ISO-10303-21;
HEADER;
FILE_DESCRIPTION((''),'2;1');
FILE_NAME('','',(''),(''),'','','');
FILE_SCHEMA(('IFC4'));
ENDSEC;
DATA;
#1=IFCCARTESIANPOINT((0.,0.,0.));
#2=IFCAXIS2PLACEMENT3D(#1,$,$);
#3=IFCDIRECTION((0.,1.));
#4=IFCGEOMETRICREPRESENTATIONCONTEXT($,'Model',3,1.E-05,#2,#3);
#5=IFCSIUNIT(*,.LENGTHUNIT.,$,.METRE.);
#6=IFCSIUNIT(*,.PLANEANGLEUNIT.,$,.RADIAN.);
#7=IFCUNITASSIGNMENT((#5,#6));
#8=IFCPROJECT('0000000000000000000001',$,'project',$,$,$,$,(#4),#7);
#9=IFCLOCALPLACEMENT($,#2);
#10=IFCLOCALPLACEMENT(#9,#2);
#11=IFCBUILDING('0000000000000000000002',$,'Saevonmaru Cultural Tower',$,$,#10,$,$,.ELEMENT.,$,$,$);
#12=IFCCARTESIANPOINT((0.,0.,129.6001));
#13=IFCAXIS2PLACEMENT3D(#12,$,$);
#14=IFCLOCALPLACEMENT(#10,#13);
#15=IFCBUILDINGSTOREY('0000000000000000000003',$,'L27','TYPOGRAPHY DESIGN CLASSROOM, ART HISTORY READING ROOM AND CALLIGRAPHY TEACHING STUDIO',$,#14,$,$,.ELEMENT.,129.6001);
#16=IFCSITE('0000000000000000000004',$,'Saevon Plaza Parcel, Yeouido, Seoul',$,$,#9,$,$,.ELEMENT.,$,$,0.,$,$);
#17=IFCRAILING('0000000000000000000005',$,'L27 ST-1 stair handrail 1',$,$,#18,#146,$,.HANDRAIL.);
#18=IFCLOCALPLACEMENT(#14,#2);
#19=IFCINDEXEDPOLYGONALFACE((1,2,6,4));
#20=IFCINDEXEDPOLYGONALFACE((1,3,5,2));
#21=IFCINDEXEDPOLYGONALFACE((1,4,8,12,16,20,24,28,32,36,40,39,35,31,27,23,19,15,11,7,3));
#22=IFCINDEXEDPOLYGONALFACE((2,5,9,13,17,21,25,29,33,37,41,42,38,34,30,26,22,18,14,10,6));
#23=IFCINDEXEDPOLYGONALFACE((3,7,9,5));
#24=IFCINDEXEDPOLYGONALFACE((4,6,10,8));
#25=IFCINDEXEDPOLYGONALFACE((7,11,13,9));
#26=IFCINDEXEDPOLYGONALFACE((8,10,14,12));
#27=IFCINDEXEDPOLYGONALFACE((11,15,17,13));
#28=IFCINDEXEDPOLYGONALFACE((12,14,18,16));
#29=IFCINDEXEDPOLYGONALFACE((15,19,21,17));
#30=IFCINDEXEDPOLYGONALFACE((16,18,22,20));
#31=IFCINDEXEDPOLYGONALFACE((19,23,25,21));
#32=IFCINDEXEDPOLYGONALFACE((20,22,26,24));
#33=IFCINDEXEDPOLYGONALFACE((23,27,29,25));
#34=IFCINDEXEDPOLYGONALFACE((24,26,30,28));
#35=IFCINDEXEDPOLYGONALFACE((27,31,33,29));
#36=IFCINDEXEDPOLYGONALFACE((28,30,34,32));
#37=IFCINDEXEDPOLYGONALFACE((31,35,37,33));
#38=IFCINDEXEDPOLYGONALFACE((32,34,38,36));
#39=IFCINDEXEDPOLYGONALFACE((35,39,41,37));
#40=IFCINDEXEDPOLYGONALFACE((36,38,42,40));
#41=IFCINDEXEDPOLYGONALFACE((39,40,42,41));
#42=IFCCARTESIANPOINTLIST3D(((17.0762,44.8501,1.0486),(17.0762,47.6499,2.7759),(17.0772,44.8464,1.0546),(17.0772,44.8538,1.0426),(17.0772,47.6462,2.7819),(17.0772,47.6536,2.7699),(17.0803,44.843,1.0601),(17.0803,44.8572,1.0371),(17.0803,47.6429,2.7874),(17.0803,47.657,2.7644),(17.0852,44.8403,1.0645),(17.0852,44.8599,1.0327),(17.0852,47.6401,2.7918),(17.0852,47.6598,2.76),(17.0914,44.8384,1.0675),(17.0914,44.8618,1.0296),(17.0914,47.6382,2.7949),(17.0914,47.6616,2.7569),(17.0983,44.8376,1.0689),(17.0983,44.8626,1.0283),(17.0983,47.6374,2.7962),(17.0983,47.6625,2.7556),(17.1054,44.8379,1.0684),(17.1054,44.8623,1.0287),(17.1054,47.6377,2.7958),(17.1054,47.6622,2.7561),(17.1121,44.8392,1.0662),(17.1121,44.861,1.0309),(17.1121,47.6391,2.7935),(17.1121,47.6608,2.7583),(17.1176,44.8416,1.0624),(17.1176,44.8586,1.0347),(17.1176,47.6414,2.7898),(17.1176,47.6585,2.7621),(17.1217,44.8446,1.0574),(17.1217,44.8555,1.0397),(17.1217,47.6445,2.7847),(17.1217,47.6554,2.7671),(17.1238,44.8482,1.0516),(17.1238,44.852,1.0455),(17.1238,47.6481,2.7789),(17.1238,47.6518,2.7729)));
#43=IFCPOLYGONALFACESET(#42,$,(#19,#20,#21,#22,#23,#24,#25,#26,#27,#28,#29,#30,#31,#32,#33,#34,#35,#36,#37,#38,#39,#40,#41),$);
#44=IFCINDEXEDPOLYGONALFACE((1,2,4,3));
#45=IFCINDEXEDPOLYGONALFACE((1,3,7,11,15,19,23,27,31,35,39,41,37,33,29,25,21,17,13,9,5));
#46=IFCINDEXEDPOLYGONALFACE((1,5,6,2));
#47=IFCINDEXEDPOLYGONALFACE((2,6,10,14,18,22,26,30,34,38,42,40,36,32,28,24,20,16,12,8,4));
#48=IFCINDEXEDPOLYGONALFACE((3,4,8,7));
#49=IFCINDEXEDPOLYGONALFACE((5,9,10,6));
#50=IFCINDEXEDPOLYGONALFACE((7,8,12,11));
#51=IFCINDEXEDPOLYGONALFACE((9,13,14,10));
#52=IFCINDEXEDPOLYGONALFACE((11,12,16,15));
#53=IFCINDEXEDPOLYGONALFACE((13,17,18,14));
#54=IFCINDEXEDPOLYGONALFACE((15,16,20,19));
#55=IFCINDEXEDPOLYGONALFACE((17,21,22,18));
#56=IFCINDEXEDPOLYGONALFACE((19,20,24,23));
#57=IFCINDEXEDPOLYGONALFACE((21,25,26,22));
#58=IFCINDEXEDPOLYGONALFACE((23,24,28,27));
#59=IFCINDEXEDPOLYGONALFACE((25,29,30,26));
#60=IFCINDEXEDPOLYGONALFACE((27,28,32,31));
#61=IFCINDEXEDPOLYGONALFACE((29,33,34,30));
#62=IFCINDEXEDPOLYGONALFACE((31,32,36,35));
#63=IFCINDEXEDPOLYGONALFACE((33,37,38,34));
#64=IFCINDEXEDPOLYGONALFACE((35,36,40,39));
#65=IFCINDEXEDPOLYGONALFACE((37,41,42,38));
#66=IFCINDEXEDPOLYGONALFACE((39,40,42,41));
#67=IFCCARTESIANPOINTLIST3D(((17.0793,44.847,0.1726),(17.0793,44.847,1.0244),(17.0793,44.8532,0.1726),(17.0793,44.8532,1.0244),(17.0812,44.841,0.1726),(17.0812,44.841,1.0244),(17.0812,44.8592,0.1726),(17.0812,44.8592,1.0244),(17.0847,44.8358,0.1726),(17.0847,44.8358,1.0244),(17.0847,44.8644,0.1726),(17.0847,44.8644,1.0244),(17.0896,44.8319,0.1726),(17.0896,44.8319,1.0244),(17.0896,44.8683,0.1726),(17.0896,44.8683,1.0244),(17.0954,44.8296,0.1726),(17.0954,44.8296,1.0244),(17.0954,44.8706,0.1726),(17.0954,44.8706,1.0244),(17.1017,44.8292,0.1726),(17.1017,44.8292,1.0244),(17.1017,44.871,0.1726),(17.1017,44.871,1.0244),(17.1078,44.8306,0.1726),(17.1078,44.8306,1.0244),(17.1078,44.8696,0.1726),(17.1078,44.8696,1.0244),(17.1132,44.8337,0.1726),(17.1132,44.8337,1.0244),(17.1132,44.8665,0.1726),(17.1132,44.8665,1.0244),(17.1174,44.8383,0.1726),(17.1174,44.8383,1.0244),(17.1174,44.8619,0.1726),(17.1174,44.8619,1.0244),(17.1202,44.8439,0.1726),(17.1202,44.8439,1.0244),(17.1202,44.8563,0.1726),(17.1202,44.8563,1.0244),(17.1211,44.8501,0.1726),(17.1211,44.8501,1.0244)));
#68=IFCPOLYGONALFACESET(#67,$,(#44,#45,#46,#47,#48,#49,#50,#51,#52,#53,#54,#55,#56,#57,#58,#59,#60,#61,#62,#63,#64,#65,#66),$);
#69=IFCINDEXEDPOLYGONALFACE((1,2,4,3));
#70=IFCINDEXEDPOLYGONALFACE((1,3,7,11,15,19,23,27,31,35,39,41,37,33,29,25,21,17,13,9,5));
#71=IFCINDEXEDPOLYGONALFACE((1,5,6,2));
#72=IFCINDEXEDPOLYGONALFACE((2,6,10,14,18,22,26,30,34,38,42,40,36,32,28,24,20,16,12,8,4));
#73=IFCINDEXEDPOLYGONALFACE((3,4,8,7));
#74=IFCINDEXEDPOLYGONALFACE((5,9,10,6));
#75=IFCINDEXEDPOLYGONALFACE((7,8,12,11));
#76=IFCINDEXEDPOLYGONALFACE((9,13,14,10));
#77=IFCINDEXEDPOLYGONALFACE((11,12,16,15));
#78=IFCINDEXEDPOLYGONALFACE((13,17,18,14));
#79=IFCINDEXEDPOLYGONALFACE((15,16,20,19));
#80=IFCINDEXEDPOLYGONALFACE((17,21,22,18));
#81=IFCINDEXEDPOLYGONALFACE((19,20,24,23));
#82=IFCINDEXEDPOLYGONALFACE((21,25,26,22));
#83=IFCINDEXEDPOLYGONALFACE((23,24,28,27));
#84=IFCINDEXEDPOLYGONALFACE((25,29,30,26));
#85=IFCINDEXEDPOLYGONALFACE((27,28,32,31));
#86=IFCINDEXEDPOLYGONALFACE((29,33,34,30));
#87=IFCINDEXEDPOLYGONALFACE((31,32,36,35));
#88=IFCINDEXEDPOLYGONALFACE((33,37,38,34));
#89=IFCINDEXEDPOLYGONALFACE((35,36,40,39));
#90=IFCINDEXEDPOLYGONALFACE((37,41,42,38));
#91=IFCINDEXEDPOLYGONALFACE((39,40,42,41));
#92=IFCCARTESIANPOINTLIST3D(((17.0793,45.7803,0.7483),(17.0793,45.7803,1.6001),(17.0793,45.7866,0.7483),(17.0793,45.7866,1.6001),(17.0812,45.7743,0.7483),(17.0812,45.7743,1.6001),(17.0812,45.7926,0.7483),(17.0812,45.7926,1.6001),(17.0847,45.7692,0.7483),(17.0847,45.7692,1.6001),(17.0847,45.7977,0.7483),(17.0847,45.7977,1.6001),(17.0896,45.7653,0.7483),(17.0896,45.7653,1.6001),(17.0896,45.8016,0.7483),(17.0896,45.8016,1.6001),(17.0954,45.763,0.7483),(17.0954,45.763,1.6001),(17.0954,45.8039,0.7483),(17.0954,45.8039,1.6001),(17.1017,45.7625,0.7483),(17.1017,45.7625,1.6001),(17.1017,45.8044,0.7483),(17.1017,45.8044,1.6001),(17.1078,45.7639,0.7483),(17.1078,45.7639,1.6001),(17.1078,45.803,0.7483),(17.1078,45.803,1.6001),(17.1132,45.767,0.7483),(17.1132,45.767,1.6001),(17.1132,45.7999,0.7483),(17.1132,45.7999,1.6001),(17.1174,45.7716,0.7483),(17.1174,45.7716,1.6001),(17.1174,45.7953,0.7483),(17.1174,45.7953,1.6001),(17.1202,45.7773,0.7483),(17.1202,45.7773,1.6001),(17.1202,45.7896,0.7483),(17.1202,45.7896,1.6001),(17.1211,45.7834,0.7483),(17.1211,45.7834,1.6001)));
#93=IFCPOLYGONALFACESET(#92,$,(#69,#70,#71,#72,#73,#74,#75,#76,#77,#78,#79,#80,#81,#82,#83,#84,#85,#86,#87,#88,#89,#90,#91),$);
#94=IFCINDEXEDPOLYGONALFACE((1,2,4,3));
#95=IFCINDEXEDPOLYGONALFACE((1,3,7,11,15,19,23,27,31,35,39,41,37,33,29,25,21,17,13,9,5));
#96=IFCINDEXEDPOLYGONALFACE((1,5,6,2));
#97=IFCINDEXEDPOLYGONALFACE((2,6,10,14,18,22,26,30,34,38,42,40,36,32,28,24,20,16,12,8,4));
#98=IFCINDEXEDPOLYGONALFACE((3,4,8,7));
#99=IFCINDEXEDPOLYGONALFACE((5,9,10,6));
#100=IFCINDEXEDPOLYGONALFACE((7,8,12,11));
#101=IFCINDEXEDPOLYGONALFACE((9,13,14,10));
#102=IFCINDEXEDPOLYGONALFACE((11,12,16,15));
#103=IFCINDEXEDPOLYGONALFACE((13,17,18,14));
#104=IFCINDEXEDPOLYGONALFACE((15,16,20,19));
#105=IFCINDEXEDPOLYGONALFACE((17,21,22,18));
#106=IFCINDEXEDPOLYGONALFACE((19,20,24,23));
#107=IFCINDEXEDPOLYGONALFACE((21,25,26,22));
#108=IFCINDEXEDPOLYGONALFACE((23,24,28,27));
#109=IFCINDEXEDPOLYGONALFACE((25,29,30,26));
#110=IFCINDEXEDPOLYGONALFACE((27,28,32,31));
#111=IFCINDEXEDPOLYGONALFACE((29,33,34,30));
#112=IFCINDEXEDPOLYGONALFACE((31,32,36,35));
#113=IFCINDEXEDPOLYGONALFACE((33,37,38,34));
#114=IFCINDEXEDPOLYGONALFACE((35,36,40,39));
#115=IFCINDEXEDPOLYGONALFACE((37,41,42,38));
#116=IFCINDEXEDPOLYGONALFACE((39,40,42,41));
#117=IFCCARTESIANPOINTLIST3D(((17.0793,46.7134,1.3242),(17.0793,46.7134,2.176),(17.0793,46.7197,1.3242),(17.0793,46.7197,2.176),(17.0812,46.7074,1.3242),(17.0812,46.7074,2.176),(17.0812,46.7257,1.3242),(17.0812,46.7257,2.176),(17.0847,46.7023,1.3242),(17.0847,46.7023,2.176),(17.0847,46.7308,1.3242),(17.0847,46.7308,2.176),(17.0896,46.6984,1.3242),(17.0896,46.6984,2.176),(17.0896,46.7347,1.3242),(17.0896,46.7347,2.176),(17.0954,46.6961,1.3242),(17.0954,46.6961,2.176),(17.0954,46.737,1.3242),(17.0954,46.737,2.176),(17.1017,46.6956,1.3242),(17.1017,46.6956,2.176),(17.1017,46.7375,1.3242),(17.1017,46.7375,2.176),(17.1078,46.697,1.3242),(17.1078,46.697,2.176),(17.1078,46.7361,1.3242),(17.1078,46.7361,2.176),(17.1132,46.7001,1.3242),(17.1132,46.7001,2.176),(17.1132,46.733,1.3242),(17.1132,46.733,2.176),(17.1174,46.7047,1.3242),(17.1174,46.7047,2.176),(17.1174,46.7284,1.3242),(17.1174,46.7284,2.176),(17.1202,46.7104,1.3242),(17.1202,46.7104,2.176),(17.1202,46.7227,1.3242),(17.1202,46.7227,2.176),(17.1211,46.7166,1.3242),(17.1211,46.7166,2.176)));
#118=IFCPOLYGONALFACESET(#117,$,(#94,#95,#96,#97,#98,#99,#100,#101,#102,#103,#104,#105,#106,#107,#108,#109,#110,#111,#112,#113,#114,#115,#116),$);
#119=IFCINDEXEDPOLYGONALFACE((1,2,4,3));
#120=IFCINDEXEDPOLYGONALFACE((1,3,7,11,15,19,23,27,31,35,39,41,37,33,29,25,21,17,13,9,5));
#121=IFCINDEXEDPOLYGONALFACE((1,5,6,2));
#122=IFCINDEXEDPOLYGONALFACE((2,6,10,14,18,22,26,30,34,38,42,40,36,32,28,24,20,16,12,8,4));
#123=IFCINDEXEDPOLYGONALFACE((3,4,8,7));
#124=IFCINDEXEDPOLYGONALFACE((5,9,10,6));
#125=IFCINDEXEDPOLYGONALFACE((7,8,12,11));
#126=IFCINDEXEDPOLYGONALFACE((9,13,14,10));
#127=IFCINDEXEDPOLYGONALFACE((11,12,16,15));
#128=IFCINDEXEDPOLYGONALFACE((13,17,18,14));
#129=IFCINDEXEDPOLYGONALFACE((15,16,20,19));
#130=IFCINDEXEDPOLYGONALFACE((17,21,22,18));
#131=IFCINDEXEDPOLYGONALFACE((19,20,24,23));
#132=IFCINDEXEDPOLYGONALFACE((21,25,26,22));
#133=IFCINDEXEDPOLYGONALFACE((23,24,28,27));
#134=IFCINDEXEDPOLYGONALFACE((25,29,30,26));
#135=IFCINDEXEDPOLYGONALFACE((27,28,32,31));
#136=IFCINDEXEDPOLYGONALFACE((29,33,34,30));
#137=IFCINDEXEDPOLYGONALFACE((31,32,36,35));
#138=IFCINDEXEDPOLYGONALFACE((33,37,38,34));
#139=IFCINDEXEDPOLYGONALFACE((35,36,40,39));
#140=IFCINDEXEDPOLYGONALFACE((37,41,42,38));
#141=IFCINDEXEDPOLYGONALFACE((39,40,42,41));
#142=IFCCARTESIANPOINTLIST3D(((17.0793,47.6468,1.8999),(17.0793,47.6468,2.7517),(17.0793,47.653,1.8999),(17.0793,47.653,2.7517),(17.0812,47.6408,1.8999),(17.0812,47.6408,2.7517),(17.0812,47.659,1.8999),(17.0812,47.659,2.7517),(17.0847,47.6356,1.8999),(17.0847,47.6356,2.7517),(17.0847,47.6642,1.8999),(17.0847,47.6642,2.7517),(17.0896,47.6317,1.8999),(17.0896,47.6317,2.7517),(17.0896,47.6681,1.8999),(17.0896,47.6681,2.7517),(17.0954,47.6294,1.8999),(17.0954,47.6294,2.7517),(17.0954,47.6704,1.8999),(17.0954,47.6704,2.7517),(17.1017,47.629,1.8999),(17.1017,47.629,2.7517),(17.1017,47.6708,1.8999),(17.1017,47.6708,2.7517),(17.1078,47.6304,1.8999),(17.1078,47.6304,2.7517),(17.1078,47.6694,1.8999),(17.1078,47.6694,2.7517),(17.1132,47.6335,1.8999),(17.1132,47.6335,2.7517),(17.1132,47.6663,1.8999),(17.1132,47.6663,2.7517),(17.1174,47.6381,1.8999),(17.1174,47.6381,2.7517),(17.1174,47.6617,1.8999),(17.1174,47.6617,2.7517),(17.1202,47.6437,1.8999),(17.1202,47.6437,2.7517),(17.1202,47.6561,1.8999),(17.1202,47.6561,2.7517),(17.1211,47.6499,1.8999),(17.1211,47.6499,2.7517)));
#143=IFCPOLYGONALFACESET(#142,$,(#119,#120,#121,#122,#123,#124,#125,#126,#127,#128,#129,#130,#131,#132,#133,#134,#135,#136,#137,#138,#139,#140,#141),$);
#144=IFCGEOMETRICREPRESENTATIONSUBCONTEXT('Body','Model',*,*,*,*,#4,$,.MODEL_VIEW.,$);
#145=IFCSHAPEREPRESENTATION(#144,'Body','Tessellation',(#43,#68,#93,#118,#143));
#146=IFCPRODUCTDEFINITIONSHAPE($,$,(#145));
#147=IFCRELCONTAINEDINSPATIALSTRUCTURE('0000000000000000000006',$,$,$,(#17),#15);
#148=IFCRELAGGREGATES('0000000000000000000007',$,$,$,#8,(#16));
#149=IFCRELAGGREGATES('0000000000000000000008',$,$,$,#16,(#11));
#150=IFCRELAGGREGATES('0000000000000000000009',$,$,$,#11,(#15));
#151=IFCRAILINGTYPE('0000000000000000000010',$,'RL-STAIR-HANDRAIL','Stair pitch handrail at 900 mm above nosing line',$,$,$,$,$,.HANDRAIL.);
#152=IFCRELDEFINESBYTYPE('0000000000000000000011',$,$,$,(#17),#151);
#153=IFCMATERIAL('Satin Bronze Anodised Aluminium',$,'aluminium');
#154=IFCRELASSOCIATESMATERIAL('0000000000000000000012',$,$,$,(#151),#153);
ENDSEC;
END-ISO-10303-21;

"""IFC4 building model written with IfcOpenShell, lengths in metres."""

from ifc_helpers import new_model, si_unit, direction, frame, origin, origin_2d, place, context, subcontext, project, spatial, circle, extrude, material, type_object, element, save


model = new_model("IFC4")

# Units and contexts
model_context = context("Model", 3, precision=1e-05, world=origin(), true_north=direction((0.0, 1.0)))
body_context = subcontext(model_context, "Body", "Model", "MODEL_VIEW")
ifc_project = project(units=[si_unit("LENGTHUNIT", "METRE"), si_unit("PLANEANGLEUNIT", "RADIAN")], contexts=[model_context])

# Site, building, storey
site_placement = place(None, origin())
site = spatial("IfcSite", under=ifc_project, at=site_placement, Name="Saevon Plaza Parcel, Yeouido, Seoul", CompositionType="ELEMENT", RefElevation=0.0)
building_placement = place(site_placement, origin())
building = spatial("IfcBuilding", under=site, at=building_placement, Name="Saevonmaru Cultural Tower", CompositionType="ELEMENT")
storey_placement = place(building_placement, frame((0.0, 0.0, 129.6001)))
storey = spatial("IfcBuildingStorey", under=building, at=storey_placement, Name="L27", Description="TYPOGRAPHY DESIGN CLASSROOM, ART HISTORY READING ROOM AND CALLIGRAPHY TEACHING STUDIO", CompositionType="ELEMENT", Elevation=129.6001)

# Shared definitions
ifc_material_1 = material(Name="Satin Bronze Anodised Aluminium", Category="aluminium")

# Railing
railing_type = type_object("IfcRailingType", Name="RL-STAIR-HANDRAIL", Description="Stair pitch handrail at 900 mm above nosing line", PredefinedType="HANDRAIL", material=ifc_material_1)
railing_placement = place(storey_placement, frame((17.1001, 44.8501, 0.1726)))
element("IfcRailing", 1, at=railing_placement, inside=storey, type_object=railing_type, Name="L27 ST-1 stair handrail 1", PredefinedType="HANDRAIL", context=body_context, shape_type="SweptSolid", body=[
    extrude(circle(Radius=0.0239, at=origin_2d()), frame((0.0, 0.0, 0.876), z_axis=(0.0, 0.851069, 0.525054), x_axis=(-1.0, 0.0, 0.0)), (0.0, 0.0, 1.0), 3.2898),
    extrude(circle(Radius=0.021, at=origin_2d()), origin(), (0.0, 0.0, 1.0), 0.8518),
    extrude(circle(Radius=0.021, at=origin_2d()), frame((0.0, 0.9333, 0.5757)), (0.0, 0.0, 1.0), 0.8518),
    extrude(circle(Radius=0.021, at=origin_2d()), frame((0.0, 1.8665, 1.1516)), (0.0, 0.0, 1.0), 0.8518),
    extrude(circle(Radius=0.021, at=origin_2d()), frame((0.0, 2.7998, 1.7273)), (0.0, 0.0, 1.0), 0.8518),
])

save(model, "model.ifc")
